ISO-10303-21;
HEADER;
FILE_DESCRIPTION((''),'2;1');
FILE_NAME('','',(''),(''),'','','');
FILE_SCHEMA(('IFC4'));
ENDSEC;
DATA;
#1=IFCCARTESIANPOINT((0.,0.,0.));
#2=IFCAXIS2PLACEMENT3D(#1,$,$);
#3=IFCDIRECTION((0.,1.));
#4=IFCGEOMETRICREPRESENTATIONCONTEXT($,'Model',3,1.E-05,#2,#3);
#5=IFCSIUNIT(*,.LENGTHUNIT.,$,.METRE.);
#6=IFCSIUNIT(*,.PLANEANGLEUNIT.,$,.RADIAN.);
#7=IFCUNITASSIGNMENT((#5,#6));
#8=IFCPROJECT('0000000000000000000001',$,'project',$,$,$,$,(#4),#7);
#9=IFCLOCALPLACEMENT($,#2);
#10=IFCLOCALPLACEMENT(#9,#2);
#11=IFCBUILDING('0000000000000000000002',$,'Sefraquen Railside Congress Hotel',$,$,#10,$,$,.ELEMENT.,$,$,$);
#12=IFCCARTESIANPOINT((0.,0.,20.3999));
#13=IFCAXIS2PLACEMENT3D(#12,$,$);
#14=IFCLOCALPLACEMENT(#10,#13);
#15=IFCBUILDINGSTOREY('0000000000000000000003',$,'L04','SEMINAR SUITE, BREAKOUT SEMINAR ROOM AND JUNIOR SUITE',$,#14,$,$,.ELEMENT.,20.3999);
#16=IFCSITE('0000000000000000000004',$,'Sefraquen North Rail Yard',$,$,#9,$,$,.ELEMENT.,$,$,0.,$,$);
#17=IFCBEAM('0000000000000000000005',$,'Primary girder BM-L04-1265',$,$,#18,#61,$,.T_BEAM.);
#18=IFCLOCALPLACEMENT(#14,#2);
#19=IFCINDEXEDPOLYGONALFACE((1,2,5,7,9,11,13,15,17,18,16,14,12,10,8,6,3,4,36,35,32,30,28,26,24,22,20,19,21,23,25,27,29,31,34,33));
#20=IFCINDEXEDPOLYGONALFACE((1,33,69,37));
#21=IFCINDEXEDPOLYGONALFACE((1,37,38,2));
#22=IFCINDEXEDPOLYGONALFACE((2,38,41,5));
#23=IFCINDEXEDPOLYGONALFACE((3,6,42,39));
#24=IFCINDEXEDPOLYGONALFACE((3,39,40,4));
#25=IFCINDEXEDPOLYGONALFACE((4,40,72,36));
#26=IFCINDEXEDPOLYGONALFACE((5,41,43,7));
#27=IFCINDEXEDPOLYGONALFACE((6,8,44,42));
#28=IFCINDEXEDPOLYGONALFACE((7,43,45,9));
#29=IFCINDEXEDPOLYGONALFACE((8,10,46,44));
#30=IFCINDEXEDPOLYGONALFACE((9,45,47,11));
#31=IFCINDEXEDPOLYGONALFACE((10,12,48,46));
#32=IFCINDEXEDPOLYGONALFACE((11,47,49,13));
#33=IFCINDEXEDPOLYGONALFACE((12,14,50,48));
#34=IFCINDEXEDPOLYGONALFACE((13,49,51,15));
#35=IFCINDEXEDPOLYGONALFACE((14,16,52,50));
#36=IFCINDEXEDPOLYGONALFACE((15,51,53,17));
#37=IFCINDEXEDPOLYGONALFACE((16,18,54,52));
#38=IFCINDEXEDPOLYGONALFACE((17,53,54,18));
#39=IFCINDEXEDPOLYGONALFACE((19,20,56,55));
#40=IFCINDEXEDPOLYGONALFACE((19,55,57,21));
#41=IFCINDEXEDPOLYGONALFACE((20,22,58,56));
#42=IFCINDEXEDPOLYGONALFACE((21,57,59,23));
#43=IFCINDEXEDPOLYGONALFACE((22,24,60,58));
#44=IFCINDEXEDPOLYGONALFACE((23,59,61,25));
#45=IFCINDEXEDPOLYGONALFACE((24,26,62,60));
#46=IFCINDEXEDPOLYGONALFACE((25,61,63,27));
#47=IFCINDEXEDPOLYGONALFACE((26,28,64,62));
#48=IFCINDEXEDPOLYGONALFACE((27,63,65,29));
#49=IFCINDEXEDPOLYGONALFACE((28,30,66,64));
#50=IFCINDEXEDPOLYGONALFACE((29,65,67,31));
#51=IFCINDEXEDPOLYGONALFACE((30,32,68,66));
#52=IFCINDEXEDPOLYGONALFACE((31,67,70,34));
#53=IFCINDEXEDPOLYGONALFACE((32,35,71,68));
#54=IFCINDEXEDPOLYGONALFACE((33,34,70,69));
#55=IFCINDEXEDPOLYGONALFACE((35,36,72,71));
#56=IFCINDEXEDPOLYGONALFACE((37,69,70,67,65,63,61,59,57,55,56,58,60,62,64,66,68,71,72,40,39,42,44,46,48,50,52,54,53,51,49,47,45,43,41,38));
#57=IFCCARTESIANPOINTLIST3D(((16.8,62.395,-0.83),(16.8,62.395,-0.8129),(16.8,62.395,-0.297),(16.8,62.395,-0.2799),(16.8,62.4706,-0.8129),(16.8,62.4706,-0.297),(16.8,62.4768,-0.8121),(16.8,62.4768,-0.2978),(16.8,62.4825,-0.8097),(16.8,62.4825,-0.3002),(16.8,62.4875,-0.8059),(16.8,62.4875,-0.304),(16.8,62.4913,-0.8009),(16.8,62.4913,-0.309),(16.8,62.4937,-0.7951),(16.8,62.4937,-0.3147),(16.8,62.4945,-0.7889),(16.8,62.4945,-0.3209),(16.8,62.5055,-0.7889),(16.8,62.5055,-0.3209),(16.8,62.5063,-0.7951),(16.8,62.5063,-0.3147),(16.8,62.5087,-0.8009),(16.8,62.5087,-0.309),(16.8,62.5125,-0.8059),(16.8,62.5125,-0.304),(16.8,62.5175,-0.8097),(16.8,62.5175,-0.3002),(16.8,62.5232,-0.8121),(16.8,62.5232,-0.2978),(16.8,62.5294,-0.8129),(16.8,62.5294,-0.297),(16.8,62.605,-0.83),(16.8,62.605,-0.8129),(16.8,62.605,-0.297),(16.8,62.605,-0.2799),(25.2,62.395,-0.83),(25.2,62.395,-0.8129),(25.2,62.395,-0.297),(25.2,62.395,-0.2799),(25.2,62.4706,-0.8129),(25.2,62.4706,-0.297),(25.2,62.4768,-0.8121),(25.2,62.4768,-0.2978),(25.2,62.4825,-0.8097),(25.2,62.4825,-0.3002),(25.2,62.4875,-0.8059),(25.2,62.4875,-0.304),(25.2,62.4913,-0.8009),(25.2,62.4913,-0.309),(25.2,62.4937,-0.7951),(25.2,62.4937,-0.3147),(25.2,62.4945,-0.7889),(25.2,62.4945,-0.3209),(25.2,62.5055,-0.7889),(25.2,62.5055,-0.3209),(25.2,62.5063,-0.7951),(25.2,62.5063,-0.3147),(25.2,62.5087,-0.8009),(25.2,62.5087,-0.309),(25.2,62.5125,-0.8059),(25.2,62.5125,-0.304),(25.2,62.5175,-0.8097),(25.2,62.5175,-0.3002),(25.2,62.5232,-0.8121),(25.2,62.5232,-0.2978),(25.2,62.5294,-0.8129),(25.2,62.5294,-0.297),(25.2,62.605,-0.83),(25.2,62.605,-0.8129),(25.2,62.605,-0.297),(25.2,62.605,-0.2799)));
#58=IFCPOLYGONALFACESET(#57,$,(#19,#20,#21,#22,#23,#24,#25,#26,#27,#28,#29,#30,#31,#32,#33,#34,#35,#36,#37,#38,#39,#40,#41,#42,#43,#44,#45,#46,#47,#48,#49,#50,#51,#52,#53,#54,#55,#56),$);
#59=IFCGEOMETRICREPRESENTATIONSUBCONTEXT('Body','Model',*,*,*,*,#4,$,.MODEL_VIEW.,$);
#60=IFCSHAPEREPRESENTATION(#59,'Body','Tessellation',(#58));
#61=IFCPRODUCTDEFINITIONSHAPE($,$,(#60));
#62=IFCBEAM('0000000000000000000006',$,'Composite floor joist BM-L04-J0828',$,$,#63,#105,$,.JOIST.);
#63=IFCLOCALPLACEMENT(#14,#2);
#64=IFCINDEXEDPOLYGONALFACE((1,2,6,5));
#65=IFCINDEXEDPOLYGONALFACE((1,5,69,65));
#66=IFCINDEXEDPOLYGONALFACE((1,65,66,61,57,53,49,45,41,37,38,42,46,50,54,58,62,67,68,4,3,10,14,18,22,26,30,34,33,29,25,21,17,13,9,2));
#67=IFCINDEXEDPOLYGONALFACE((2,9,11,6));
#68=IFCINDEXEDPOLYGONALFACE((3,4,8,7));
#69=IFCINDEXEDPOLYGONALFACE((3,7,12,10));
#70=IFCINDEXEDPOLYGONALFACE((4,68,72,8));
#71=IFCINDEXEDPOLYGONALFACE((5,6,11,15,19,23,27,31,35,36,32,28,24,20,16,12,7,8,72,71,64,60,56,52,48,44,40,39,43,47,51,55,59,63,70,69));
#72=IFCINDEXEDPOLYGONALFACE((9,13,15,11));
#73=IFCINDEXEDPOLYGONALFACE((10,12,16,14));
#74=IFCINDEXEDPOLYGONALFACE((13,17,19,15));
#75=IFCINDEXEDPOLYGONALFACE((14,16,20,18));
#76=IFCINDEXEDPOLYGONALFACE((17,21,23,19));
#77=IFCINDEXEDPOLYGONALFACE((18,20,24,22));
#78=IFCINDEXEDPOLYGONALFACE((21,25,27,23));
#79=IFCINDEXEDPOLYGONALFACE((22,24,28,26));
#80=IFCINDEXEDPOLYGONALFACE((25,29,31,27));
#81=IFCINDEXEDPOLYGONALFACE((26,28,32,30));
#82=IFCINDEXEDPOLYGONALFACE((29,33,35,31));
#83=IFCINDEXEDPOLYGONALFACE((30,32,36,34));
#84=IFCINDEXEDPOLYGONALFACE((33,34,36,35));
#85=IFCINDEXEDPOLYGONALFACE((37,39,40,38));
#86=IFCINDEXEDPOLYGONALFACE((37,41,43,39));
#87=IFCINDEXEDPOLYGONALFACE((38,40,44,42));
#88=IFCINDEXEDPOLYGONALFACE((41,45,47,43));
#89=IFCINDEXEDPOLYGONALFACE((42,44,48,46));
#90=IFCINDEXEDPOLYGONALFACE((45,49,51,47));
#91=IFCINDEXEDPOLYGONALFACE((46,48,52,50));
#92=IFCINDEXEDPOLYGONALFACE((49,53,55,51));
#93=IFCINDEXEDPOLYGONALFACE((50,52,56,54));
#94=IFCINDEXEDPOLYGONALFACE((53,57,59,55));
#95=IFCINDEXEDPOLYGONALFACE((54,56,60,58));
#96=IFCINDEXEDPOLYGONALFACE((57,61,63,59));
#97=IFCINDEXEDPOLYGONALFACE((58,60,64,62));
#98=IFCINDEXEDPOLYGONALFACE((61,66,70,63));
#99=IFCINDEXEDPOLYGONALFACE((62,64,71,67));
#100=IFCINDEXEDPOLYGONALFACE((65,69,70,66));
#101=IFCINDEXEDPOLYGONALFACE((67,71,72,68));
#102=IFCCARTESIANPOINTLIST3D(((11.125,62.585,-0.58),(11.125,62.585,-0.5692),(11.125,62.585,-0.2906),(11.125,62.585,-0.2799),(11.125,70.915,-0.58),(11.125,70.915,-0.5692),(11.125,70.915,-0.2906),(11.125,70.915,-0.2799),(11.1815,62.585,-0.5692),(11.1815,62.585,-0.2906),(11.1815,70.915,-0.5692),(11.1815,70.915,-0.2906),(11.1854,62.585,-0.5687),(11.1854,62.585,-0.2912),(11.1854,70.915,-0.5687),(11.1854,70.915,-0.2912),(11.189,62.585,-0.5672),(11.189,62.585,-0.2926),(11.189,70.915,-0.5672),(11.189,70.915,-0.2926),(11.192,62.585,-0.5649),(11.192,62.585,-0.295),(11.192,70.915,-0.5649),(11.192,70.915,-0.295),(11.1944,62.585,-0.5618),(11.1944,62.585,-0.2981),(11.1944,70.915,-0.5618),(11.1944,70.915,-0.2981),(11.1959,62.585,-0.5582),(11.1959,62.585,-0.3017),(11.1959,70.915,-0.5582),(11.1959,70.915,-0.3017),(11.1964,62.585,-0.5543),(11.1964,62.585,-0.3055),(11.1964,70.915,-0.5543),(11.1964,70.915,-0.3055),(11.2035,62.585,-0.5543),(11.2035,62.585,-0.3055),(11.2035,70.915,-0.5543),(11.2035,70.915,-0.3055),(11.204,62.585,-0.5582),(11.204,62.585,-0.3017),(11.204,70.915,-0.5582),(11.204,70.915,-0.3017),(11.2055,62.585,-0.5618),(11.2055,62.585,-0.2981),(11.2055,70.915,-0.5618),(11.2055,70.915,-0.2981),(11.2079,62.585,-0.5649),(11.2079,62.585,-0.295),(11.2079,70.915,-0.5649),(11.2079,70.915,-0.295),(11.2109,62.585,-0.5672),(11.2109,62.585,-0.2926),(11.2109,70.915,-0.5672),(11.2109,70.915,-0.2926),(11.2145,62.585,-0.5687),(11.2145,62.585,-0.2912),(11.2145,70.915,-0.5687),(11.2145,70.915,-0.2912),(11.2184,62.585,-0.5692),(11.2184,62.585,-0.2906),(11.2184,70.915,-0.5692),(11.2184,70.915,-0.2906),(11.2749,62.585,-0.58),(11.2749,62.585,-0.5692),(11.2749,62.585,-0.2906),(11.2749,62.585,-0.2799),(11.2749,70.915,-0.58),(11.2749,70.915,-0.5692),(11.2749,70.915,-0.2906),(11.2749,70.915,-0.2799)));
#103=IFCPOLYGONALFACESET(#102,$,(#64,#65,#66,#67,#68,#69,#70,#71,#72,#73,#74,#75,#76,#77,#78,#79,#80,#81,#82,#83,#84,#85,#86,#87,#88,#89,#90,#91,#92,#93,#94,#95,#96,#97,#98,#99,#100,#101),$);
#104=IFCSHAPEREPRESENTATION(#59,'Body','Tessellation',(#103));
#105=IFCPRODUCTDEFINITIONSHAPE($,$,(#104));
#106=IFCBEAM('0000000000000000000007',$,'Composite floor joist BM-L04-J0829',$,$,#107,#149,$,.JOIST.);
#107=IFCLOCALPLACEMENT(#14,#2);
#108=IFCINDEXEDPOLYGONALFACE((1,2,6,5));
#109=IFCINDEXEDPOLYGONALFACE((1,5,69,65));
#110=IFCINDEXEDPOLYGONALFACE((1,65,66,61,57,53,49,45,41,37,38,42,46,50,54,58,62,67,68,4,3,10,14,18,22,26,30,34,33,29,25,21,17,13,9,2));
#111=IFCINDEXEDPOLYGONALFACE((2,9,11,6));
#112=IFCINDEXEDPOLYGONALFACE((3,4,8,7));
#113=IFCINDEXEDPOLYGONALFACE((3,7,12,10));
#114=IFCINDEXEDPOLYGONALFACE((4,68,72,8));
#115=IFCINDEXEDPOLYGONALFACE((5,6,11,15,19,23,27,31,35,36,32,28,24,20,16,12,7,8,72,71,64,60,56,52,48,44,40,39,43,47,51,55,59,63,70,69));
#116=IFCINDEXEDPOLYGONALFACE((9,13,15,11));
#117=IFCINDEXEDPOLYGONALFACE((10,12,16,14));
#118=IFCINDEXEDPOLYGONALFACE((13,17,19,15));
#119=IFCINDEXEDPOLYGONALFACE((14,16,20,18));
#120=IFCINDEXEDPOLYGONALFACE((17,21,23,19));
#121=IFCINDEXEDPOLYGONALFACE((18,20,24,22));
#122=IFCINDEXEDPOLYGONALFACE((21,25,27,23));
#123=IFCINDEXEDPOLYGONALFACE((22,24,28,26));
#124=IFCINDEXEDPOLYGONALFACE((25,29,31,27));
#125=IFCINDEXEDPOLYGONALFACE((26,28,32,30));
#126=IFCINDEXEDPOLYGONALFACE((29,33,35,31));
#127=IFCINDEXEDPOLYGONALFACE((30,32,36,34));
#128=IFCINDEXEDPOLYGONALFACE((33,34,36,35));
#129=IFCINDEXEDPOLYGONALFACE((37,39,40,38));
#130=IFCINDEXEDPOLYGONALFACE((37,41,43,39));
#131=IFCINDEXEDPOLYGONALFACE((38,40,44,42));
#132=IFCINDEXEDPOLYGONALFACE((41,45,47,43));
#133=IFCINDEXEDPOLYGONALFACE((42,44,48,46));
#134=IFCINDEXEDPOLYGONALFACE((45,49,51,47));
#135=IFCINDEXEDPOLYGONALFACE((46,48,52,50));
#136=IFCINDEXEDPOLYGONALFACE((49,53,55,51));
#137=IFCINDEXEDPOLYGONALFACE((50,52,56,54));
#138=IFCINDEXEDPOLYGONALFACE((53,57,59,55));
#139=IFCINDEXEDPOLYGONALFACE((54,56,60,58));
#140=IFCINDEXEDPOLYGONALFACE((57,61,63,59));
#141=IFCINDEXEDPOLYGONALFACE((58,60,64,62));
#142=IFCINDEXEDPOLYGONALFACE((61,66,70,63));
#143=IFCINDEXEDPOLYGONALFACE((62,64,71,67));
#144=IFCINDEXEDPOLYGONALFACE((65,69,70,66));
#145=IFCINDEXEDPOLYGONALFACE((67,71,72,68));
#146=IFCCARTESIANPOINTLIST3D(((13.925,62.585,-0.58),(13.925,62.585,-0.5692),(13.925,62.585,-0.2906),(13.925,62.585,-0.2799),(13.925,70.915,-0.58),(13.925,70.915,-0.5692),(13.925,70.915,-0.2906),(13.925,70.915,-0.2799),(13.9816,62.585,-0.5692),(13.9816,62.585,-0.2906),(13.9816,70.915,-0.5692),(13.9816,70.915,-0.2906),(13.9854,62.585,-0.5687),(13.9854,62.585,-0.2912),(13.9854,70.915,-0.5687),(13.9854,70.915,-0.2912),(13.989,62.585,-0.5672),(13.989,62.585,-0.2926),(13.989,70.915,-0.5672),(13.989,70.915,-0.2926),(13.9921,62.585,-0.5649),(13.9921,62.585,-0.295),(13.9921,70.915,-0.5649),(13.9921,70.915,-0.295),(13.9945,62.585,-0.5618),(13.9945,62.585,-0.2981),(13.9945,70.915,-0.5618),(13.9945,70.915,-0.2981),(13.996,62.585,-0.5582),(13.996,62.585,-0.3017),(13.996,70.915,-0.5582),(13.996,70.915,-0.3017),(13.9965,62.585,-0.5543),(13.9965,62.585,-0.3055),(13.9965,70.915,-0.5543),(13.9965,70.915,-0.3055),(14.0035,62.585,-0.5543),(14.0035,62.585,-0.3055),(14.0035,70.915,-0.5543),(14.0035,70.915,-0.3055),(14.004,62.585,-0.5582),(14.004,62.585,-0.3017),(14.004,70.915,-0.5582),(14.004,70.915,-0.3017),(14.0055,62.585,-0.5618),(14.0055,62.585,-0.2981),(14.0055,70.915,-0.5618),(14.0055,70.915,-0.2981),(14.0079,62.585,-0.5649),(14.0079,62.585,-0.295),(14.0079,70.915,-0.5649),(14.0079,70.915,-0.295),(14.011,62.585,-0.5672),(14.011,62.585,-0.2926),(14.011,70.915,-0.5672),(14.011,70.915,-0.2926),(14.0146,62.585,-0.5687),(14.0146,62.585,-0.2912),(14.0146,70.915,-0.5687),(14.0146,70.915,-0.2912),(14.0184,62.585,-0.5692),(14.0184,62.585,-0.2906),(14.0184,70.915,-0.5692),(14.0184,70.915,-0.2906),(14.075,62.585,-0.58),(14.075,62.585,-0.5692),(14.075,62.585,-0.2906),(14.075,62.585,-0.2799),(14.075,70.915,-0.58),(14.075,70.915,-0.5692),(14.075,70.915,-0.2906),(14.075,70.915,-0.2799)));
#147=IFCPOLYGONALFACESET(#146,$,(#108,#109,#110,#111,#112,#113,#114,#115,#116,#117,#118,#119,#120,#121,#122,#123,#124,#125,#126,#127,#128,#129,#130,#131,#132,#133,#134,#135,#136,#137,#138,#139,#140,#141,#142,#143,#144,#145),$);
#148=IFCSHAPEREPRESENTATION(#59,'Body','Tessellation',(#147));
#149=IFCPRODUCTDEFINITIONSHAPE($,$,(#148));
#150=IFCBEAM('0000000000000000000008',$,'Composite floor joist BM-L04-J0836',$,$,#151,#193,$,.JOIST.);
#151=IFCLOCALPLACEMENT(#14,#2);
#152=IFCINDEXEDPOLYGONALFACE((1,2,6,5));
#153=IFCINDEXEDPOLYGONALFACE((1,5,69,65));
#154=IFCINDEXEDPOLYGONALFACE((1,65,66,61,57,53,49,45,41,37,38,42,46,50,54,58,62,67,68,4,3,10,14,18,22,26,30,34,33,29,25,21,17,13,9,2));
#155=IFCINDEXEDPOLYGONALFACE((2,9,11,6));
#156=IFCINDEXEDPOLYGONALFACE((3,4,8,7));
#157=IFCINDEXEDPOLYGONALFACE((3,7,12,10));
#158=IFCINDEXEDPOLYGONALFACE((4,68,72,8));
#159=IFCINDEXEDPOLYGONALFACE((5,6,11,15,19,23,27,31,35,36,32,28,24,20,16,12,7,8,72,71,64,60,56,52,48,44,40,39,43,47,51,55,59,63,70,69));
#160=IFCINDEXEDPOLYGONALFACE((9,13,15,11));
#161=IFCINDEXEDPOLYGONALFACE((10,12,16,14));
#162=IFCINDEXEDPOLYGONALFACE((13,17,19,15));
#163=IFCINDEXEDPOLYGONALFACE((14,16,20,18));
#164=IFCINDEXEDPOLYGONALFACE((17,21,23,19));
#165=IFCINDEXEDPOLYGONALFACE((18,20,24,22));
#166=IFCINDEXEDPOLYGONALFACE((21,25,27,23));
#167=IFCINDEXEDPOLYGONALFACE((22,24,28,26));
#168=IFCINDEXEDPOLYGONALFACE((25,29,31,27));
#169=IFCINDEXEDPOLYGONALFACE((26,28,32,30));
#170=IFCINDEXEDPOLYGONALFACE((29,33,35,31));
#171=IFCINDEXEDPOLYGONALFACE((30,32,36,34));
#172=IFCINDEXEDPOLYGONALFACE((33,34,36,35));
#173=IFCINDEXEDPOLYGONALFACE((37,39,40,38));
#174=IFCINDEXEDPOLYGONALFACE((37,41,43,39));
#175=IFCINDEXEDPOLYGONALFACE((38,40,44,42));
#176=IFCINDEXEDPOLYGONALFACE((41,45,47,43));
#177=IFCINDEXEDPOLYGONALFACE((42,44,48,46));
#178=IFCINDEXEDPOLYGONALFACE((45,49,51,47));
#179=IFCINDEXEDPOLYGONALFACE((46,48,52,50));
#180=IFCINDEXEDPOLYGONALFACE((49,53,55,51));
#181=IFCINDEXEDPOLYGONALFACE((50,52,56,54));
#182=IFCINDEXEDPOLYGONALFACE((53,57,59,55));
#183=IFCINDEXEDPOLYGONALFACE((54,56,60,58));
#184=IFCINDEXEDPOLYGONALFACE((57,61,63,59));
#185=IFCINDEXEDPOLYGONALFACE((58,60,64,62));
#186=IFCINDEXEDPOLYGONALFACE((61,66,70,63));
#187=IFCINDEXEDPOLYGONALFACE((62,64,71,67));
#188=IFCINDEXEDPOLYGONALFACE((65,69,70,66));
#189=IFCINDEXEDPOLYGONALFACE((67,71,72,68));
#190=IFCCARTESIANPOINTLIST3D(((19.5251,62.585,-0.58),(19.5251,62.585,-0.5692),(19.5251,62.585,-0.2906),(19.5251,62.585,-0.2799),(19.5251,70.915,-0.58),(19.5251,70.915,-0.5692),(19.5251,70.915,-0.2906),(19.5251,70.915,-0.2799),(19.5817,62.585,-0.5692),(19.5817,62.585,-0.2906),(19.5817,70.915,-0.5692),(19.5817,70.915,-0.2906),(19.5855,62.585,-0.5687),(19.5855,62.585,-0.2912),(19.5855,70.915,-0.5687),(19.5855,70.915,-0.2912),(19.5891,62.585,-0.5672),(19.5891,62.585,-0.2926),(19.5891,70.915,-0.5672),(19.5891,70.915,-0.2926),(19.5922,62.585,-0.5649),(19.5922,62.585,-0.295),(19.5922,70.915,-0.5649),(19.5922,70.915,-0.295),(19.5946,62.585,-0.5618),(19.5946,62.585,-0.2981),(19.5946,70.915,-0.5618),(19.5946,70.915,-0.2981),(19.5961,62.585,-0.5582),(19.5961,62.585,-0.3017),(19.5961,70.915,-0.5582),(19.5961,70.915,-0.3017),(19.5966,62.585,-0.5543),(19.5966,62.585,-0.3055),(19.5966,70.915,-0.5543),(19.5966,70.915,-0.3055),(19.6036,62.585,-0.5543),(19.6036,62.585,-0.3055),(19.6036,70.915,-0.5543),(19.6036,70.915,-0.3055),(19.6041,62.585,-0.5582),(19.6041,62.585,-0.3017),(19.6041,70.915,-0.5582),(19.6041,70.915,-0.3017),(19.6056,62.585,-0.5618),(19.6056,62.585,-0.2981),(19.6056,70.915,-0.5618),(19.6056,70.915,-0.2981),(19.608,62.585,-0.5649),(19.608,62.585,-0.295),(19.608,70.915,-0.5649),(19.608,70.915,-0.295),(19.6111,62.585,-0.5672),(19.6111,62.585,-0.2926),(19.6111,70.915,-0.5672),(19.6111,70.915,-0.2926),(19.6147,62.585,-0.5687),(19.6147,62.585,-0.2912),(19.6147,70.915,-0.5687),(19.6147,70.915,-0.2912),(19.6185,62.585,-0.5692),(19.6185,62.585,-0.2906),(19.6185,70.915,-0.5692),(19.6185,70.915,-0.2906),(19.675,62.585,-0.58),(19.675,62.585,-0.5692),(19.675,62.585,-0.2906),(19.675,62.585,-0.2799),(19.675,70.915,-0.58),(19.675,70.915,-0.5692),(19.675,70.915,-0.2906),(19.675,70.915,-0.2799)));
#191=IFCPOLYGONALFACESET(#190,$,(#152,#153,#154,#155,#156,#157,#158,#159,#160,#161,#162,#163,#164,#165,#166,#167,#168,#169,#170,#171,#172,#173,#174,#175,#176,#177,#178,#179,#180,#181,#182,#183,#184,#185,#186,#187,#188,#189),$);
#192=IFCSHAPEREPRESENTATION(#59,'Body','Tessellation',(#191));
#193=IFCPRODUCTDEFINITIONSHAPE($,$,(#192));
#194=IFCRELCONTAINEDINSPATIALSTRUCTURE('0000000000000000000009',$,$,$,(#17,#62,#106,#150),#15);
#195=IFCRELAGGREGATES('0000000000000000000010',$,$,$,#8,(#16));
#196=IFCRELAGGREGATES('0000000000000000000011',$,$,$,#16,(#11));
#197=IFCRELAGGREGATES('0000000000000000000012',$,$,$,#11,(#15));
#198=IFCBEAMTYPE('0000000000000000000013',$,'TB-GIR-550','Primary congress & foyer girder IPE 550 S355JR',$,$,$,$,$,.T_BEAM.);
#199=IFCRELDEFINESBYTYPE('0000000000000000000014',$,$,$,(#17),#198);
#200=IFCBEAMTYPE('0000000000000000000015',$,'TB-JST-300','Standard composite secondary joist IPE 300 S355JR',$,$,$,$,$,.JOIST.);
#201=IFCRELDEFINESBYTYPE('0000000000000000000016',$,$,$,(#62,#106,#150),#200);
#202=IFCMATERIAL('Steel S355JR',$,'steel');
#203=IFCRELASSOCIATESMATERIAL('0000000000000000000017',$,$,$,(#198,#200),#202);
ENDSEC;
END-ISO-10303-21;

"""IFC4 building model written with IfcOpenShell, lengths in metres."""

from ifc_helpers import new_model, si_unit, direction, frame, origin, origin_2d, place, context, subcontext, project, spatial, i_section, extrude, material, material_profile, profile_set, type_object, element, save


model = new_model("IFC4")

# Units and contexts
model_context = context("Model", 3, precision=1e-05, world=origin(), true_north=direction((0.0, 1.0)))
body_context = subcontext(model_context, "Body", "Model", "MODEL_VIEW")
ifc_project = project(units=[si_unit("LENGTHUNIT", "METRE"), si_unit("PLANEANGLEUNIT", "RADIAN")], contexts=[model_context])

# Site, building, storey
site_placement = place(None, origin())
site = spatial("IfcSite", under=ifc_project, at=site_placement, Name="Sefraquen North Rail Yard", CompositionType="ELEMENT", RefElevation=0.0)
building_placement = place(site_placement, origin())
building = spatial("IfcBuilding", under=site, at=building_placement, Name="Sefraquen Railside Congress Hotel", CompositionType="ELEMENT")
storey_placement = place(building_placement, frame((0.0, 0.0, 20.3999)))
storey = spatial("IfcBuildingStorey", under=building, at=storey_placement, Name="L04", Description="SEMINAR SUITE, BREAKOUT SEMINAR ROOM AND JUNIOR SUITE", CompositionType="ELEMENT", Elevation=20.3999)

# Shared definitions
ifc_material_1 = material(Name="Steel S355JR", Category="steel")

# Beams
ifc_material_profile_1 = material_profile(ifc_material_1, i_section(OverallWidth=0.21, OverallDepth=0.55, WebThickness=0.011, FlangeThickness=0.0171, FilletRadius=0.0239, at=origin_2d()), Name="IPE 550")
ifc_profile_set_1 = profile_set([ifc_material_profile_1], Name="Steel S355JR")
beam_type_1 = type_object("IfcBeamType", Name="TB-GIR-550", Description="Primary congress & foyer girder IPE 550 S355JR", PredefinedType="T_BEAM", material=ifc_profile_set_1)
beam_1_placement = place(storey_placement, frame((16.8, 62.5, -0.5549), z_axis=(1.0, 0.0, 0.0), x_axis=(0.0, 1.0, 0.0)))
element("IfcBeam", 1, at=beam_1_placement, inside=storey, type_object=beam_type_1, Name="Primary girder BM-L04-1265", PredefinedType="T_BEAM", context=body_context, shape_type="SweptSolid", body=[
    extrude(i_section(OverallWidth=0.21, OverallDepth=0.55, WebThickness=0.011, FlangeThickness=0.0171, FilletRadius=0.0239, at=origin_2d()), origin(), (0.0, 0.0, 1.0), 8.3999),
])
ifc_material_profile_2 = material_profile(ifc_material_1, i_section(OverallWidth=0.1499, OverallDepth=0.3, WebThickness=0.0071, FlangeThickness=0.0107, FilletRadius=0.0149, at=origin_2d()), Name="IPE 300")
ifc_profile_set_2 = profile_set([ifc_material_profile_2], Name="Steel S355JR")
beam_type_2 = type_object("IfcBeamType", Name="TB-JST-300", Description="Standard composite secondary joist IPE 300 S355JR", PredefinedType="JOIST", material=ifc_profile_set_2)
for number, where, z_axis, x_axis, name in (
    (2, (11.2, 62.585, -0.4299), (0.0, 1.0, 0.0), (-1.0, 0.0, 0.0), "Composite floor joist BM-L04-J0828"),
    (3, (14.0, 62.585, -0.4299), (0.0, 1.0, 0.0), (-1.0, 0.0, 0.0), "Composite floor joist BM-L04-J0829"),
    (4, (19.6001, 62.585, -0.4299), (0.0, 1.0, 0.0), (-1.0, 0.0, 0.0), "Composite floor joist BM-L04-J0836"),
):
    element("IfcBeam", number, at=place(storey_placement, frame(where, z_axis=z_axis, x_axis=x_axis)), inside=storey, type_object=beam_type_2, Name=name, PredefinedType="JOIST", context=body_context, shape_type="SweptSolid", body=[
        extrude(i_section(OverallWidth=0.1499, OverallDepth=0.3, WebThickness=0.0071, FlangeThickness=0.0107, FilletRadius=0.0149, at=origin_2d()), origin(), (0.0, 0.0, 1.0), 8.3301),
    ])

save(model, "model.ifc")
